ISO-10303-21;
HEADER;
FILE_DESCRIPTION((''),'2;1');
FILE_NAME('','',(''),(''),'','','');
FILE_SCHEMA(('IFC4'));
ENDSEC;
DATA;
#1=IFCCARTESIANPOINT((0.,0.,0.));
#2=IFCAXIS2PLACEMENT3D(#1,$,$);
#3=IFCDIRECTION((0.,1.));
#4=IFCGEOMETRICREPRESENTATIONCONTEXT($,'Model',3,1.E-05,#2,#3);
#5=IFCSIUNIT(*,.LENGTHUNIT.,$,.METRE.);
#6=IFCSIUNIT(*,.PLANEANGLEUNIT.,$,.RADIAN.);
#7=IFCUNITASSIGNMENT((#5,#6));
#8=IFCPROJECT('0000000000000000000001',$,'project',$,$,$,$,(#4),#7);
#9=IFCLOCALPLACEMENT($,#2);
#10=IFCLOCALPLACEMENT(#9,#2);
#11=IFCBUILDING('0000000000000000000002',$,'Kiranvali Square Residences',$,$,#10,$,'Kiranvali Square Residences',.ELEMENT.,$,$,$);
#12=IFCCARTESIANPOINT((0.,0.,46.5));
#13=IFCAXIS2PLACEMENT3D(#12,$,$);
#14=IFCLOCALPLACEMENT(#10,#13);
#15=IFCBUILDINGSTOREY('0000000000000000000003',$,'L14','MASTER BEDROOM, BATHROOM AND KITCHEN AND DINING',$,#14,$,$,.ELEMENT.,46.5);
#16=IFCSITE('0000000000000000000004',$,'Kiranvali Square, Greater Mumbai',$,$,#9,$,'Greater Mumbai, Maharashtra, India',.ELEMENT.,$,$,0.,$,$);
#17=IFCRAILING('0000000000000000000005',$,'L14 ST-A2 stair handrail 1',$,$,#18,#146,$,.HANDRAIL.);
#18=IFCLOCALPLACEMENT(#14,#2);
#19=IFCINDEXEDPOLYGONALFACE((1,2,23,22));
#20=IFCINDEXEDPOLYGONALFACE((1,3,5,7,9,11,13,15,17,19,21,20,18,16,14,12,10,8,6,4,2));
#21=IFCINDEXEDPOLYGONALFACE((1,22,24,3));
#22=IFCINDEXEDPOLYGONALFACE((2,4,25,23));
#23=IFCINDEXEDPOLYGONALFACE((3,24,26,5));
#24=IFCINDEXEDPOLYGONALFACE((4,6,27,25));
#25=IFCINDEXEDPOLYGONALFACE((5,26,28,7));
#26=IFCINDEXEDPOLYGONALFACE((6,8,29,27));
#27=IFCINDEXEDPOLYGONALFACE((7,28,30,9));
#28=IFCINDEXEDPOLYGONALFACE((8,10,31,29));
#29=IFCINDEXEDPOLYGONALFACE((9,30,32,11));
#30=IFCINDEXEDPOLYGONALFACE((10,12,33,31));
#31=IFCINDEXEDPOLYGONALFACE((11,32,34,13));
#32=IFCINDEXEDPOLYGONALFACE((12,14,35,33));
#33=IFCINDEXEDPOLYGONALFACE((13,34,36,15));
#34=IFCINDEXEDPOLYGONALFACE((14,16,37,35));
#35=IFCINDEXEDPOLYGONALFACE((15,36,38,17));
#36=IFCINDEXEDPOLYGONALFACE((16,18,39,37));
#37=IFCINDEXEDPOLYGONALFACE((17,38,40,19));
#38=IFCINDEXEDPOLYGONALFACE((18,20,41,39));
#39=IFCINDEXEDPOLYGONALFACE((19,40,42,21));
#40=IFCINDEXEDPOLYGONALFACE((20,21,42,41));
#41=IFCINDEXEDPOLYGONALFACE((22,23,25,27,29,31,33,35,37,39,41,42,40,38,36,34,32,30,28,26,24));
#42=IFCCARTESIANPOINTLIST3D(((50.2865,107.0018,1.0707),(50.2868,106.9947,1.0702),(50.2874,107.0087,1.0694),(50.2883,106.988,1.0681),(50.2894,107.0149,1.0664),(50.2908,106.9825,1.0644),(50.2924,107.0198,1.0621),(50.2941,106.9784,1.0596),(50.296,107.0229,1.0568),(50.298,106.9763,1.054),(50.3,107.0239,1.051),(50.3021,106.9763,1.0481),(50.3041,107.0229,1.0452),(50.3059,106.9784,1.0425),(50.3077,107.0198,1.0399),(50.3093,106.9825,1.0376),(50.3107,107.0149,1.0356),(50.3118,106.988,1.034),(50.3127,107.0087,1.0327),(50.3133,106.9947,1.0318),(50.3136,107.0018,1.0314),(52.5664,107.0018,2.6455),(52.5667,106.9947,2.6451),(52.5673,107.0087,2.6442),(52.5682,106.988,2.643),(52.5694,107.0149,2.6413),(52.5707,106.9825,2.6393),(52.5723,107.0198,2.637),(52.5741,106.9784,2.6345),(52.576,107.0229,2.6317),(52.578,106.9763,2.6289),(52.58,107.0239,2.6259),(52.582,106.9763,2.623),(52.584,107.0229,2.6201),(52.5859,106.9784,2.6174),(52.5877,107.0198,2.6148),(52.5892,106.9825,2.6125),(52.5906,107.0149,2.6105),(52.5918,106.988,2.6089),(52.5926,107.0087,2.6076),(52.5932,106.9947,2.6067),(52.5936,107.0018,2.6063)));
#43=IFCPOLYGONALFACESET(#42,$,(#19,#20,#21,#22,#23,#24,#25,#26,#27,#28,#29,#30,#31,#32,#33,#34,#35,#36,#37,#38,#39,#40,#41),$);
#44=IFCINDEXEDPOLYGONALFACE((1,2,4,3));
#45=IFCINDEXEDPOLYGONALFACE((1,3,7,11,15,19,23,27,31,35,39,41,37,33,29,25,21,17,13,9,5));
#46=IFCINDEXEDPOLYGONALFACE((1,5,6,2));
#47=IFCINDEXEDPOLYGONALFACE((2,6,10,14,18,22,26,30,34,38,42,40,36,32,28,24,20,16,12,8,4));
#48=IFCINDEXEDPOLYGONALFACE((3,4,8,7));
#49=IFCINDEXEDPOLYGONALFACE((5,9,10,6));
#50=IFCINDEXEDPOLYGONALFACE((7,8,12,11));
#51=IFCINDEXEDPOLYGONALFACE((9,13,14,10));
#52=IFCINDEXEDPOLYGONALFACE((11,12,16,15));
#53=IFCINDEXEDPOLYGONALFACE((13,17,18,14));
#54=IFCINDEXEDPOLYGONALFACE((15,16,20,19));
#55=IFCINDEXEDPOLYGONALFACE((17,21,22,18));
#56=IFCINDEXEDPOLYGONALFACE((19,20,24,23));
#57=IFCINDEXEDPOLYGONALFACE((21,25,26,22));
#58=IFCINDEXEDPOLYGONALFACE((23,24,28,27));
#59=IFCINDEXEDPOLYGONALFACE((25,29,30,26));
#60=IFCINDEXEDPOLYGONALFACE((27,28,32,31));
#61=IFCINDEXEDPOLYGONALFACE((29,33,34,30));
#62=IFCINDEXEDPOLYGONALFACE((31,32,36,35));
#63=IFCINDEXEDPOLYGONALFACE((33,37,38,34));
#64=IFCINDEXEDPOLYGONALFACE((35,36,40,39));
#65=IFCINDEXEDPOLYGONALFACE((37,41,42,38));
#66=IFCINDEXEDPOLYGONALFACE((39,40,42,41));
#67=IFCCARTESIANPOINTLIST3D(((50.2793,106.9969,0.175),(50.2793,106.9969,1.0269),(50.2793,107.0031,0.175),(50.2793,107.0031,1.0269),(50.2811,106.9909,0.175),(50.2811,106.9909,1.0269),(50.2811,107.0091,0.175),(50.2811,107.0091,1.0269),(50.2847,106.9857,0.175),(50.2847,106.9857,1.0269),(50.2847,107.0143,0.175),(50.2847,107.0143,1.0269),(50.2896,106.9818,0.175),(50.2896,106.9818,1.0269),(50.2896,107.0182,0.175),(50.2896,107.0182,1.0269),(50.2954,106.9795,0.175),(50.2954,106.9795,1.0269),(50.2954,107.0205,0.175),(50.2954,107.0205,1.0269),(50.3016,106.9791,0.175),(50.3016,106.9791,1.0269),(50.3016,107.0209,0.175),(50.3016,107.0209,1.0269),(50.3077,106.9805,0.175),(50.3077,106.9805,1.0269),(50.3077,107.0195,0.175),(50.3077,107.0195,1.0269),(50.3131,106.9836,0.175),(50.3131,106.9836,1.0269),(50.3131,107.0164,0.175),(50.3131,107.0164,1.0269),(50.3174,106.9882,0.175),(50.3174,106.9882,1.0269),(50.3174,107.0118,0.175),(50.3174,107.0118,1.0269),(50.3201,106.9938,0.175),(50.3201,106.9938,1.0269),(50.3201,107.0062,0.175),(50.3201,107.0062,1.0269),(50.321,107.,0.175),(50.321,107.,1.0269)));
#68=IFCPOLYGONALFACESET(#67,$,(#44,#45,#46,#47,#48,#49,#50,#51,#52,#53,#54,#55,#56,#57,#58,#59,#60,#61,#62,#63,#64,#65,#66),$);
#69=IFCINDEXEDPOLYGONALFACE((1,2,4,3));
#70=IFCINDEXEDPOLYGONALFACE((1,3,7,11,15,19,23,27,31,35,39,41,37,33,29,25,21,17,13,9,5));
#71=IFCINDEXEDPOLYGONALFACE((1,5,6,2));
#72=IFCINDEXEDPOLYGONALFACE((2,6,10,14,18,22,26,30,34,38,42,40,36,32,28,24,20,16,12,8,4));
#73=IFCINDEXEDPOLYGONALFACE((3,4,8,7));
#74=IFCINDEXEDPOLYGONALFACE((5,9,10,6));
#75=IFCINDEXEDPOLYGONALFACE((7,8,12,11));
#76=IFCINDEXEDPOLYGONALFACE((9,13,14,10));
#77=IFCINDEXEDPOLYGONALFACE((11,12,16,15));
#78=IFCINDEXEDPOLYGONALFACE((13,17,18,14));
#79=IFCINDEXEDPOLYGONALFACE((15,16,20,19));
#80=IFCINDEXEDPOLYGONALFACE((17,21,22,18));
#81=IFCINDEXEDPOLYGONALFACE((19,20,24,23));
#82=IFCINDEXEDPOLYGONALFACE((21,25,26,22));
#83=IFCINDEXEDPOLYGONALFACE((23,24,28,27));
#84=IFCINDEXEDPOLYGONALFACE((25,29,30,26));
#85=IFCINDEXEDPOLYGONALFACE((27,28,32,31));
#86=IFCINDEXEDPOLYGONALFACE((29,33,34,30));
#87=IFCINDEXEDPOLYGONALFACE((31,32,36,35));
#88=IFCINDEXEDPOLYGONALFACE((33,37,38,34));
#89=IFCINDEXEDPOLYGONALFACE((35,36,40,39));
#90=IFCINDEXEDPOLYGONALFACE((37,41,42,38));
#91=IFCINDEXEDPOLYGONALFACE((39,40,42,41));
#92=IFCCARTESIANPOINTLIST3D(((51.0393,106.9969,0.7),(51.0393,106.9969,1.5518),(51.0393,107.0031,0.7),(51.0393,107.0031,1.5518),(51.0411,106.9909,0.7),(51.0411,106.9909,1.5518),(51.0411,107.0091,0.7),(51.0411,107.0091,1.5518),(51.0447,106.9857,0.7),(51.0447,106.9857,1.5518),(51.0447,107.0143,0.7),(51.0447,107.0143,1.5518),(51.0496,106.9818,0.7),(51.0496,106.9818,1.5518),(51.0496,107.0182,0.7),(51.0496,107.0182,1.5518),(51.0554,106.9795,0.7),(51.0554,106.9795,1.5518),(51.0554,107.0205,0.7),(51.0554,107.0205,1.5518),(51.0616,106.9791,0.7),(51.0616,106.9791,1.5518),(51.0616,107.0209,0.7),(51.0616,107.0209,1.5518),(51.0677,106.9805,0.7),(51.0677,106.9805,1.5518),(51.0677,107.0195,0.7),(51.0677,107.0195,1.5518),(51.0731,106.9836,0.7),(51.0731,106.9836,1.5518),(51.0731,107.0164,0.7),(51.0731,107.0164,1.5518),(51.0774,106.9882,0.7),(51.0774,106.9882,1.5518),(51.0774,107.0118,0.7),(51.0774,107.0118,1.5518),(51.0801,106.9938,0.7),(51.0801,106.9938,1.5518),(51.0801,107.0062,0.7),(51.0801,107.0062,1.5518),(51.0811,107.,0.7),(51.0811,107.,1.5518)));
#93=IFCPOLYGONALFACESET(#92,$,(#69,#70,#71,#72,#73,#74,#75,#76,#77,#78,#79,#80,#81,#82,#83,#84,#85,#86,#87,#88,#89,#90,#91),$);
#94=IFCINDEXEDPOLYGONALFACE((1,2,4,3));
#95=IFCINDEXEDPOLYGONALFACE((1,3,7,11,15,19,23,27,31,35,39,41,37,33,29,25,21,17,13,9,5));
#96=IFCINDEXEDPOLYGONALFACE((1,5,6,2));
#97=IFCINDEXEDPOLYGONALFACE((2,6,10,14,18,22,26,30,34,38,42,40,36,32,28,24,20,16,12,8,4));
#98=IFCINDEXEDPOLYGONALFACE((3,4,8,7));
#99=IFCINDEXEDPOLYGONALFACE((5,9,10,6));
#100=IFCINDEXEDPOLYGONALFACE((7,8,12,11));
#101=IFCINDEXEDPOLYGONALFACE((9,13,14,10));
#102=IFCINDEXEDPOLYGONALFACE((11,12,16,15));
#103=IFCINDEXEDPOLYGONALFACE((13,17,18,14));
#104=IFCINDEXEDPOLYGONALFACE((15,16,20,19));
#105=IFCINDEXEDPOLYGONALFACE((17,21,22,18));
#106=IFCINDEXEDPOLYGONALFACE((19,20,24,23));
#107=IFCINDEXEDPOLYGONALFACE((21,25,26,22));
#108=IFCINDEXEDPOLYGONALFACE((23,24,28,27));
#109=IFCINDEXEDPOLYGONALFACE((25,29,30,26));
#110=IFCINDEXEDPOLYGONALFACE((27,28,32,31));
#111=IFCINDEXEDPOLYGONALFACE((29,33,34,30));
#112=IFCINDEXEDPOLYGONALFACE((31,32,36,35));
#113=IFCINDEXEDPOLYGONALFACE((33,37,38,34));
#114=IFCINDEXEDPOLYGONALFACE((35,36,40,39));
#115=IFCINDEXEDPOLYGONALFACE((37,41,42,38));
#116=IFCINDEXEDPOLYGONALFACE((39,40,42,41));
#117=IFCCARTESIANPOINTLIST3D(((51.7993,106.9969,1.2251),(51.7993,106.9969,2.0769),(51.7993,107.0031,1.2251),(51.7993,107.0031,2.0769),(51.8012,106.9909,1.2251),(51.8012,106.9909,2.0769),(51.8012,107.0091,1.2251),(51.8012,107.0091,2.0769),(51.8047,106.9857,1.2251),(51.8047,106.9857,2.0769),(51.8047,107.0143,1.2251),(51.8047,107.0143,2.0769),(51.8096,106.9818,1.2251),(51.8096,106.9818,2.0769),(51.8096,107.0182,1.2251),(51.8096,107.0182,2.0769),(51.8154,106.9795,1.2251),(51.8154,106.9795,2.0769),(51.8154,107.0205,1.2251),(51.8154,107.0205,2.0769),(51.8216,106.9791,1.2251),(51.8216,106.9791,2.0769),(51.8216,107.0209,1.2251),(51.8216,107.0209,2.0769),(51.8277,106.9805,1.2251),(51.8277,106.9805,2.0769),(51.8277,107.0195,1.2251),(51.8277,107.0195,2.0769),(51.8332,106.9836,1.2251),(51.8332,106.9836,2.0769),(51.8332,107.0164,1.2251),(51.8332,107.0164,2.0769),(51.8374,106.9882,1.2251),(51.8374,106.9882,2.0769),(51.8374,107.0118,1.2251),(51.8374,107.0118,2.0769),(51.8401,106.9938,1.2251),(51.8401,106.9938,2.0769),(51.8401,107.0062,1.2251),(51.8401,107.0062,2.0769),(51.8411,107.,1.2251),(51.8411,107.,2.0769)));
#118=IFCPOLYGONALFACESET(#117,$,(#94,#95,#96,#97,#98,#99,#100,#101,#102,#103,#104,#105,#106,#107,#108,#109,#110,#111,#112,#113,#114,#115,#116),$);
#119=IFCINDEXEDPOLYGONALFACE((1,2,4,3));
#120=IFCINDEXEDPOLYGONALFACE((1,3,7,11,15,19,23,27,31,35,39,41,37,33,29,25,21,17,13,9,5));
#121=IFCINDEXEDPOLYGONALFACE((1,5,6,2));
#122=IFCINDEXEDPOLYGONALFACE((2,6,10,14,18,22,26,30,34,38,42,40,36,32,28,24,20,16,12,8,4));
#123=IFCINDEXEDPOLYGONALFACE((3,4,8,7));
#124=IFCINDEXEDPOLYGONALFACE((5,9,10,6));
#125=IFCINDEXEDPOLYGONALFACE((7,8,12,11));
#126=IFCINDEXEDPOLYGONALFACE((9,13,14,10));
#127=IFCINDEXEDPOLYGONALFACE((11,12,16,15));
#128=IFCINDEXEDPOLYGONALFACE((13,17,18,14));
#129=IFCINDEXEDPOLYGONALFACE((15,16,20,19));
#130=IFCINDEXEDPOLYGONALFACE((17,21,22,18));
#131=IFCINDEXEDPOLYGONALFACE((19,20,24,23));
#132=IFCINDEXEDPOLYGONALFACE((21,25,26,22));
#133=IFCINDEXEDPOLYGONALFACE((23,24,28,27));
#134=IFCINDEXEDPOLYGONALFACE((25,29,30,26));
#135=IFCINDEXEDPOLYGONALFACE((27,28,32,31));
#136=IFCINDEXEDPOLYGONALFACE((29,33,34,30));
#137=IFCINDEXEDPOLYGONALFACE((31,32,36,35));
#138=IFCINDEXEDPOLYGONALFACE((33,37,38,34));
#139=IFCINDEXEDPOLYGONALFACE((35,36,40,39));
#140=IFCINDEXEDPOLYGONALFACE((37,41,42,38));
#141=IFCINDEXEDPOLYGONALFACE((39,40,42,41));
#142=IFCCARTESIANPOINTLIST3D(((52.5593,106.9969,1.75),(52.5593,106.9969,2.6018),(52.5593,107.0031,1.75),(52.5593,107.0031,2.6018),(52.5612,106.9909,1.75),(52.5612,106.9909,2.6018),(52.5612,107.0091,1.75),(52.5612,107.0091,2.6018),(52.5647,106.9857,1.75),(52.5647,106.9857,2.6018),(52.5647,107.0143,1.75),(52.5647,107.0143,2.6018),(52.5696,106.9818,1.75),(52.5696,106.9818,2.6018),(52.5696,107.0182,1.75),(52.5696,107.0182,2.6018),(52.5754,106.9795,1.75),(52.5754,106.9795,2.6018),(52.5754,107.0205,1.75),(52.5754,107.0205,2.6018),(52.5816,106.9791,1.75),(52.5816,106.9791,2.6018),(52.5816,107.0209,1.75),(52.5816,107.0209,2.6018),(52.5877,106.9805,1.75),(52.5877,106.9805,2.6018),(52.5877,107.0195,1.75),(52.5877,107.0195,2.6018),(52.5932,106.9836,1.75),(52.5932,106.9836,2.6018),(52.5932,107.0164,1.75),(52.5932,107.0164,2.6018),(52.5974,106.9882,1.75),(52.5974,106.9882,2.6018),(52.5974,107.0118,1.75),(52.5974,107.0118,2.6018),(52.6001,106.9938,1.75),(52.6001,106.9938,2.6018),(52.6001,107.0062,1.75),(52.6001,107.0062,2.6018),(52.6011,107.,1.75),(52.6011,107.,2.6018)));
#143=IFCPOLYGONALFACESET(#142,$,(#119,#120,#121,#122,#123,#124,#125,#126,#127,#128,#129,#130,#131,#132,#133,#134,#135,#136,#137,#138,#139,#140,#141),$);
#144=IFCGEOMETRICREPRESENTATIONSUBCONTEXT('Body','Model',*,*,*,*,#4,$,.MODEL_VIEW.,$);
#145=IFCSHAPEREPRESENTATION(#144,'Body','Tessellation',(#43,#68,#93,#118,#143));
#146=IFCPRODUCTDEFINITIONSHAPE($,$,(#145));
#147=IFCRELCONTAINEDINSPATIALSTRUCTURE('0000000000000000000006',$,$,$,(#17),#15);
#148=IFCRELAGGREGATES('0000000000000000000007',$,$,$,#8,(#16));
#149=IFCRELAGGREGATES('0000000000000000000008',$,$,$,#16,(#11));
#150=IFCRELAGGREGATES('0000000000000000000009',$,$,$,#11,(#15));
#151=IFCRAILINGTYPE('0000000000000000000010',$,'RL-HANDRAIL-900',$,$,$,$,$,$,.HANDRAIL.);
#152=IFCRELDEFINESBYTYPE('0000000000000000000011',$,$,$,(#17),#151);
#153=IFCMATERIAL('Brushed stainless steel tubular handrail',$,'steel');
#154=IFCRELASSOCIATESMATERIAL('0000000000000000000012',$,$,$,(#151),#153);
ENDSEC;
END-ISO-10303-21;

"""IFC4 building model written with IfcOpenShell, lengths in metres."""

from ifc_helpers import new_model, si_unit, direction, frame, origin, origin_2d, place, context, subcontext, project, spatial, circle, extrude, material, type_object, element, save


model = new_model("IFC4")

# Units and contexts
model_context = context("Model", 3, precision=1e-05, world=origin(), true_north=direction((0.0, 1.0)))
body_context = subcontext(model_context, "Body", "Model", "MODEL_VIEW")
ifc_project = project(units=[si_unit("LENGTHUNIT", "METRE"), si_unit("PLANEANGLEUNIT", "RADIAN")], contexts=[model_context])

# Site, building, storey
site_placement = place(None, origin())
site = spatial("IfcSite", under=ifc_project, at=site_placement, Name="Kiranvali Square, Greater Mumbai", LongName="Greater Mumbai, Maharashtra, India", CompositionType="ELEMENT", RefElevation=0.0)
building_placement = place(site_placement, origin())
building = spatial("IfcBuilding", under=site, at=building_placement, Name="Kiranvali Square Residences", LongName="Kiranvali Square Residences", CompositionType="ELEMENT")
storey_placement = place(building_placement, frame((0.0, 0.0, 46.5)))
storey = spatial("IfcBuildingStorey", under=building, at=storey_placement, Name="L14", Description="MASTER BEDROOM, BATHROOM AND KITCHEN AND DINING", CompositionType="ELEMENT", Elevation=46.5)

# Railing
ifc_material_1 = material(Name="Brushed stainless steel tubular handrail", Category="steel")
railing_type_1 = type_object("IfcRailingType", Name="RL-HANDRAIL-900", PredefinedType="HANDRAIL", material=ifc_material_1)
railing_1_placement = place(storey_placement, frame((50.3, 107.0, 0.175)))
element("IfcRailing", 1, at=railing_1_placement, inside=storey, type_object=railing_type_1, Name="L14 ST-A2 stair handrail 1", PredefinedType="HANDRAIL", context=body_context, shape_type="SweptSolid", body=[
    extrude(circle(Radius=0.0239, at=origin_2d()), frame((0.0, 0.0, 0.876), z_axis=(0.822788, 0.0, 0.568348), x_axis=(0.0, 1.0, 0.0)), (0.0, 0.0, 1.0), 2.771),
    extrude(circle(Radius=0.021, at=origin_2d()), origin(), (0.0, 0.0, 1.0), 0.8518),
    extrude(circle(Radius=0.021, at=origin_2d()), frame((0.76, 0.0, 0.5249)), (0.0, 0.0, 1.0), 0.8518),
    extrude(circle(Radius=0.021, at=origin_2d()), frame((1.52, 0.0, 1.05)), (0.0, 0.0, 1.0), 0.8518),
    extrude(circle(Radius=0.021, at=origin_2d()), frame((2.28, 0.0, 1.575)), (0.0, 0.0, 1.0), 0.8518),
])

save(model, "model.ifc")
